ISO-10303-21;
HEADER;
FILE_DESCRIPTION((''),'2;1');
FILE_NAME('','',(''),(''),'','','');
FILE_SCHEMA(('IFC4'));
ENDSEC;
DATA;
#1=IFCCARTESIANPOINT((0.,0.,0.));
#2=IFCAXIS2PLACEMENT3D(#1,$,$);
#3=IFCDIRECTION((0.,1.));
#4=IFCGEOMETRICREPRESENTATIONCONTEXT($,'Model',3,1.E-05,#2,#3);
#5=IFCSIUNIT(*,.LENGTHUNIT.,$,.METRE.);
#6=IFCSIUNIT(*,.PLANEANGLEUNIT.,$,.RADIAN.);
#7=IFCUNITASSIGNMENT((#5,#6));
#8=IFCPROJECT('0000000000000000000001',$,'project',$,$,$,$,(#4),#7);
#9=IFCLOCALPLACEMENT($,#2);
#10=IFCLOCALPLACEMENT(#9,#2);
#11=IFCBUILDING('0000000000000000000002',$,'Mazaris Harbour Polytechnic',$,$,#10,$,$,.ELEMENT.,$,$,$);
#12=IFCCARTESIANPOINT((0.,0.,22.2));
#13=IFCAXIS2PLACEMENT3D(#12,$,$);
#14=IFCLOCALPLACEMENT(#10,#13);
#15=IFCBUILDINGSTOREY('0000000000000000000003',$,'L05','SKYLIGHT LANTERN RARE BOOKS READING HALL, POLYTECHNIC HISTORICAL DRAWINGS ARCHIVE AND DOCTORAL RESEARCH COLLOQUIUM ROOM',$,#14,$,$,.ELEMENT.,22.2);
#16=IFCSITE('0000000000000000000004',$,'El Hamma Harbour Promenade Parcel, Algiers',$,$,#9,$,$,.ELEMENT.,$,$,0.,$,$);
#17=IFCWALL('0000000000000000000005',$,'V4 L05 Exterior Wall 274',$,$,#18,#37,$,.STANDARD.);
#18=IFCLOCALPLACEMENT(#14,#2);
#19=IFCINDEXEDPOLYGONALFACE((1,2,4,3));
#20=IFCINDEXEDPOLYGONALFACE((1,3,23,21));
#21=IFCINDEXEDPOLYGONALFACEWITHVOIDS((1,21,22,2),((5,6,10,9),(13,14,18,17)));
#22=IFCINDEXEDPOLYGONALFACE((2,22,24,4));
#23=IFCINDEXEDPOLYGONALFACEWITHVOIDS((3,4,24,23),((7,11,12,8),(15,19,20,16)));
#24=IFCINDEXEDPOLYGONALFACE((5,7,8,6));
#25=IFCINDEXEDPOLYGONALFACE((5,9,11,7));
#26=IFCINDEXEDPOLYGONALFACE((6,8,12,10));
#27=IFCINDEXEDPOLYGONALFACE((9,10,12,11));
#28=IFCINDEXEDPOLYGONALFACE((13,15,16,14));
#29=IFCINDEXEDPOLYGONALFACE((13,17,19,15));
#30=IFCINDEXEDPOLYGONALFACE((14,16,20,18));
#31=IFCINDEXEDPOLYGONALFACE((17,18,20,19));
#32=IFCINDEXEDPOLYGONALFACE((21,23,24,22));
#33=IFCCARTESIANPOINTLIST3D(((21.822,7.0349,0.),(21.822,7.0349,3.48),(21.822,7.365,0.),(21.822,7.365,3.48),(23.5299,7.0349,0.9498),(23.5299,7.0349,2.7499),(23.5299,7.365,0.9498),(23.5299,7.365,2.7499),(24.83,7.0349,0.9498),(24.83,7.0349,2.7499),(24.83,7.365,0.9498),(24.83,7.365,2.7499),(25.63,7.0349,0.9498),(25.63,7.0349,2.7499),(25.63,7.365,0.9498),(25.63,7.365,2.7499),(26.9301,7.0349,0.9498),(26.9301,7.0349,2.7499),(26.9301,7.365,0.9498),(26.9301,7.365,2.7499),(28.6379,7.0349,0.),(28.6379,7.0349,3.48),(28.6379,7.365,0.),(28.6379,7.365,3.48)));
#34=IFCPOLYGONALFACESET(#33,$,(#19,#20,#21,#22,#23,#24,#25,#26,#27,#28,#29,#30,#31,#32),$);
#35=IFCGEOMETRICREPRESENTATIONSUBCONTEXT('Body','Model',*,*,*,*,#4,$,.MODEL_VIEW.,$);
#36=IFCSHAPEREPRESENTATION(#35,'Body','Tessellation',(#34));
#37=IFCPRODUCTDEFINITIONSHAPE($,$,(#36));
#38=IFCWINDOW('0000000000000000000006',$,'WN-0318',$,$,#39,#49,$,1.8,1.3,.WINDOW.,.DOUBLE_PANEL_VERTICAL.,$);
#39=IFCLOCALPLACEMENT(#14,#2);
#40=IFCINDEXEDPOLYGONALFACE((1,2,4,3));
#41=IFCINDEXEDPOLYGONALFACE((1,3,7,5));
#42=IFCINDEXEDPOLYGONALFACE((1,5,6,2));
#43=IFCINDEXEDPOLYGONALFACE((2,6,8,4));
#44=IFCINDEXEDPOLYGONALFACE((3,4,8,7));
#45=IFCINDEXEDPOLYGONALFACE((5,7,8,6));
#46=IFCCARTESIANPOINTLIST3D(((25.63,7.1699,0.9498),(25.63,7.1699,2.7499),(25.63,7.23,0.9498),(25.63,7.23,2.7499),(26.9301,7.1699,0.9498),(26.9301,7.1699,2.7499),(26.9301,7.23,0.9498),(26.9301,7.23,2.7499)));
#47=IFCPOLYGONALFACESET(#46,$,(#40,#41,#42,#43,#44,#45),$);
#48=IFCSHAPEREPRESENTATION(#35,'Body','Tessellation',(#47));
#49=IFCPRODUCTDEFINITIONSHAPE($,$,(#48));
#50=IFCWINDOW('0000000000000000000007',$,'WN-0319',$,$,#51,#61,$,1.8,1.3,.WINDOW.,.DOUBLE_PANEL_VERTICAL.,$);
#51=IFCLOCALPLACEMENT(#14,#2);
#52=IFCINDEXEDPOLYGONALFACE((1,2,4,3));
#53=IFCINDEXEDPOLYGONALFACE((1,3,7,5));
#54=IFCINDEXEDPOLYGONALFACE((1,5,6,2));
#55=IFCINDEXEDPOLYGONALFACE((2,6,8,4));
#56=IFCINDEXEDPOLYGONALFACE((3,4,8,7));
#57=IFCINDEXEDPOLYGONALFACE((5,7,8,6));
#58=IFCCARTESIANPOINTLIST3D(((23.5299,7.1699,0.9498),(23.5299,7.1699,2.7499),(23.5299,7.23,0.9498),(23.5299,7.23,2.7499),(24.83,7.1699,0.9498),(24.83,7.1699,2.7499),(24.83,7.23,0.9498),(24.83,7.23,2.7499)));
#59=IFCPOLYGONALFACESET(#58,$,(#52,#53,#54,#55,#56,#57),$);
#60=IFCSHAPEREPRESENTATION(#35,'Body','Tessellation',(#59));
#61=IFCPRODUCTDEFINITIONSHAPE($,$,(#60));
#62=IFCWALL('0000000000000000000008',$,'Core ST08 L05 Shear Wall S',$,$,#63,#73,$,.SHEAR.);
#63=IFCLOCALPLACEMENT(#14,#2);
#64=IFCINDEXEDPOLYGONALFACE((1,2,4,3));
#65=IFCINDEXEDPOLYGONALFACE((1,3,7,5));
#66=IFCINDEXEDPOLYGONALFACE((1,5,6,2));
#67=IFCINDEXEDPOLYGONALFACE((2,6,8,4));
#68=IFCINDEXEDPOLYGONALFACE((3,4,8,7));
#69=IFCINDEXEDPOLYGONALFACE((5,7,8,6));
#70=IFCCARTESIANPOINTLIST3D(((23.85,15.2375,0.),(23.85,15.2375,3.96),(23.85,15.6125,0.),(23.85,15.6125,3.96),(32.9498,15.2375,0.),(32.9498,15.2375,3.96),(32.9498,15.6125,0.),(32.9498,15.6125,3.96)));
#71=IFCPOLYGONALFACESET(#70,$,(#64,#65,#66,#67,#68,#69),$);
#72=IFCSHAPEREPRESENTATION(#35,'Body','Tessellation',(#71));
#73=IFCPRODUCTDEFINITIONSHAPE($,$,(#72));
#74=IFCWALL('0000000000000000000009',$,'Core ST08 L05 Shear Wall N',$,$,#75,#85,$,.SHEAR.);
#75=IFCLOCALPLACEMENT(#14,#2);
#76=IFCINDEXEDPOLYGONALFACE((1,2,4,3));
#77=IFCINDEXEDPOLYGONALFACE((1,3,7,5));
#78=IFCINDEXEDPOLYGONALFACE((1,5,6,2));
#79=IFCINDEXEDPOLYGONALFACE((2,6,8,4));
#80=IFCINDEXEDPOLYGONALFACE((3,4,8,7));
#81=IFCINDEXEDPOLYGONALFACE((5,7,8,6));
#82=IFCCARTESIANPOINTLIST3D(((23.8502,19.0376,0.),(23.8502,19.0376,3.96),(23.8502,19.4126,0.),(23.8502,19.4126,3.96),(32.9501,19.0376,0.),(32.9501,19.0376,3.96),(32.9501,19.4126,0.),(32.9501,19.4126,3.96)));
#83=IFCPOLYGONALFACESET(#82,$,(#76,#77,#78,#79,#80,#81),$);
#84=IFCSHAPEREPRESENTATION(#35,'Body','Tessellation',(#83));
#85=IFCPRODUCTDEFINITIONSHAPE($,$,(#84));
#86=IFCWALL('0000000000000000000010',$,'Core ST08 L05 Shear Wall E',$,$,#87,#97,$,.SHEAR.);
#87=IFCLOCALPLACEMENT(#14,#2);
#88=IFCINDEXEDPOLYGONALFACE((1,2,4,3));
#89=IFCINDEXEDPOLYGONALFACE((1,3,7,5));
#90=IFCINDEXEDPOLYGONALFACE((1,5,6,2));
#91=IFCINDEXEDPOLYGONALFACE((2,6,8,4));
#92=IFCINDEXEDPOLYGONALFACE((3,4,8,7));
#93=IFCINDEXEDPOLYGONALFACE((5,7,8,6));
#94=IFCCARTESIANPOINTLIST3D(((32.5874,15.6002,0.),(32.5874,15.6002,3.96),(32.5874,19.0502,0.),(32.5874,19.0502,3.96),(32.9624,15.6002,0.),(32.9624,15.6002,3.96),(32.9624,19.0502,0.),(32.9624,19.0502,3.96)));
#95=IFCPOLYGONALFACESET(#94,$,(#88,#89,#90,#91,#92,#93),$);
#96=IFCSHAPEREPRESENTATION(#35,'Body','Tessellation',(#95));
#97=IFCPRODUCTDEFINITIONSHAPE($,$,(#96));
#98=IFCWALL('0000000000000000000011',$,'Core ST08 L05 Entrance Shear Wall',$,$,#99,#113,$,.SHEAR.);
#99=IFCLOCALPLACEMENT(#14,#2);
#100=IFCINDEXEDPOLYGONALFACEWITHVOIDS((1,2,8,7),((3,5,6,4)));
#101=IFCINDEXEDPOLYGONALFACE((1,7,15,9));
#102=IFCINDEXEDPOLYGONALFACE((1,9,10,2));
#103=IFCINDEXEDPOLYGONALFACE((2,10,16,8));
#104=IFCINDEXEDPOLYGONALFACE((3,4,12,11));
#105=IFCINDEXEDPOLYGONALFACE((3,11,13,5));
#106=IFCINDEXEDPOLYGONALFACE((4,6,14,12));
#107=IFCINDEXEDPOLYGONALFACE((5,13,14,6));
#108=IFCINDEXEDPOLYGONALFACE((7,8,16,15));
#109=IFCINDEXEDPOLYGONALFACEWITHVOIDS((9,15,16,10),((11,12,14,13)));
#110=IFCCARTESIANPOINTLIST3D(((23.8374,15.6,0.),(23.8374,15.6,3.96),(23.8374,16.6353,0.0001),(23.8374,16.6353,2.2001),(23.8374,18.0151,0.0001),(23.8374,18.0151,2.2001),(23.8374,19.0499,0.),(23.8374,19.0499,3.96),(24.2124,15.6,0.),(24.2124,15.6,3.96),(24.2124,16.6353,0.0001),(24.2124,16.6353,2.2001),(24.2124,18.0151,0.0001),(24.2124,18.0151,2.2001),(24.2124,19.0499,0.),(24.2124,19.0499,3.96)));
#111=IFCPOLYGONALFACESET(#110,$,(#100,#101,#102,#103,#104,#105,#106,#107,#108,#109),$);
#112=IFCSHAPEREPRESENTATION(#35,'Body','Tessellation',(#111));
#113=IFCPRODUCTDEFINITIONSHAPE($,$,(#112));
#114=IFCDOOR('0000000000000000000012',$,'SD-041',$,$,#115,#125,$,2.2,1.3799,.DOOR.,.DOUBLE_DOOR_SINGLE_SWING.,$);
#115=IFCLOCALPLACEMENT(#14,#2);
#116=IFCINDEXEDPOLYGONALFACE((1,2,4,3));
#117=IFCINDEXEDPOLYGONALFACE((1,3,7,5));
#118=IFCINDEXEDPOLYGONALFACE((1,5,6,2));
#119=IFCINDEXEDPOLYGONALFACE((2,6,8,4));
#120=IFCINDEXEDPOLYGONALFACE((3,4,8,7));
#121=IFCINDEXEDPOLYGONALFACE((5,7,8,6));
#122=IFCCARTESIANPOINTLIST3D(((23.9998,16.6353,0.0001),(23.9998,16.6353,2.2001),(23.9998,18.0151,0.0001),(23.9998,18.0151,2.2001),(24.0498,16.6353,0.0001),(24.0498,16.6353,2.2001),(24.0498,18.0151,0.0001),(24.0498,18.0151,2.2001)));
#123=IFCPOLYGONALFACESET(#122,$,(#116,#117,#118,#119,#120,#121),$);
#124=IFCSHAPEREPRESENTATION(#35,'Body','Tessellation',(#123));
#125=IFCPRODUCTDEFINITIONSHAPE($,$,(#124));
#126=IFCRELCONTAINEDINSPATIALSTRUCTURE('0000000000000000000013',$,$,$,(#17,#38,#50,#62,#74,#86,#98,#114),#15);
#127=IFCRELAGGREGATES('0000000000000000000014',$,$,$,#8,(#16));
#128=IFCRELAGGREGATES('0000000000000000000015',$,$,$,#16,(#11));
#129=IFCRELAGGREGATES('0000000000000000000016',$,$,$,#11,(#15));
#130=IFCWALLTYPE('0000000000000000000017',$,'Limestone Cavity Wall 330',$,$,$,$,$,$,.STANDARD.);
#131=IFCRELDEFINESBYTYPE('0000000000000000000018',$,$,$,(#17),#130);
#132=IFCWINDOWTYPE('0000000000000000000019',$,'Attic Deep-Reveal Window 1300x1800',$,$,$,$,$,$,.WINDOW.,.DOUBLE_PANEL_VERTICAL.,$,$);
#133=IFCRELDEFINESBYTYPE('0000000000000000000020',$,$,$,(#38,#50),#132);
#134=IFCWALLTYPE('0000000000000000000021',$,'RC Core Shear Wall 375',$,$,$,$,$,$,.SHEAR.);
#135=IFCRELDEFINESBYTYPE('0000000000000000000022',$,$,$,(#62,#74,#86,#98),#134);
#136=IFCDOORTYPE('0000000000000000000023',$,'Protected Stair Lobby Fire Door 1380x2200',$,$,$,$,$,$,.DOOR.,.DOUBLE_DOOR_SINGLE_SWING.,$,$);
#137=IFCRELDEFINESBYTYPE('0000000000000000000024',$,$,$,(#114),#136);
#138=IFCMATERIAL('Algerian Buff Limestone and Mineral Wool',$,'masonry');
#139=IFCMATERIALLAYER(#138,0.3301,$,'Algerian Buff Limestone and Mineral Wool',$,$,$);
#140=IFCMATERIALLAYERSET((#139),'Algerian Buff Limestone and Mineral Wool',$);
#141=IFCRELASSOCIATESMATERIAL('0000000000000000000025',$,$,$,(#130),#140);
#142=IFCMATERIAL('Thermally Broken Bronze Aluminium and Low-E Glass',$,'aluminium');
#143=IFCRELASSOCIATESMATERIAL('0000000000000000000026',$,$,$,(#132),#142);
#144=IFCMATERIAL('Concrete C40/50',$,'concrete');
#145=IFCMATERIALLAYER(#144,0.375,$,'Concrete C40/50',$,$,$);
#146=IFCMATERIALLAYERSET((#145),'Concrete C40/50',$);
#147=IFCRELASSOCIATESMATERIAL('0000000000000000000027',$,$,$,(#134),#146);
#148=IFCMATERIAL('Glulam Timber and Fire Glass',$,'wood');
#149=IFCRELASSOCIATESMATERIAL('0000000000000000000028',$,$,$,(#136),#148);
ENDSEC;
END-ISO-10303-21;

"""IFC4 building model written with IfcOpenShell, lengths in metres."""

from ifc_helpers import new_model, si_unit, direction, frame, frame_2d, origin, place, context, subcontext, project, spatial, rectangle, extrude, material, layer, layer_set, type_object, element, fill, save


model = new_model("IFC4")

# Units and contexts
model_context = context("Model", 3, precision=1e-05, world=origin(), true_north=direction((0.0, 1.0)))
body_context = subcontext(model_context, "Body", "Model", "MODEL_VIEW")
ifc_project = project(units=[si_unit("LENGTHUNIT", "METRE"), si_unit("PLANEANGLEUNIT", "RADIAN")], contexts=[model_context])

# Site, building, storey
site_placement = place(None, origin())
site = spatial("IfcSite", under=ifc_project, at=site_placement, Name="El Hamma Harbour Promenade Parcel, Algiers", CompositionType="ELEMENT", RefElevation=0.0)
building_placement = place(site_placement, origin())
building = spatial("IfcBuilding", under=site, at=building_placement, Name="Mazaris Harbour Polytechnic", CompositionType="ELEMENT")
storey_placement = place(building_placement, frame((0.0, 0.0, 22.2)))
storey = spatial("IfcBuildingStorey", under=building, at=storey_placement, Name="L05", Description="SKYLIGHT LANTERN RARE BOOKS READING HALL, POLYTECHNIC HISTORICAL DRAWINGS ARCHIVE AND DOCTORAL RESEARCH COLLOQUIUM ROOM", CompositionType="ELEMENT", Elevation=22.2)

# Wall, openings, windows
ifc_material_1 = material(Name="Algerian Buff Limestone and Mineral Wool", Category="masonry")
ifc_layer_1 = layer(ifc_material_1, 0.3301, Name="Algerian Buff Limestone and Mineral Wool")
ifc_layer_set_1 = layer_set([ifc_layer_1], Name="Algerian Buff Limestone and Mineral Wool")
wall_type_1 = type_object("IfcWallType", Name="Limestone Cavity Wall 330", PredefinedType="STANDARD", material=ifc_layer_set_1)
wall_1_placement = place(storey_placement, frame((28.6379, 7.2, 0.0), z_axis=(0.0, 0.0, 1.0), x_axis=(-1.0, 0.0, 0.0)))
wall_1 = element("IfcWall", 1, at=wall_1_placement, inside=storey, type_object=wall_type_1, Name="V4 L05 Exterior Wall 274", PredefinedType="STANDARD", context=body_context, shape_type="SweptSolid", body=[
    extrude(rectangle(XDim=6.8159, YDim=0.3301, at=frame_2d((3.408, 0.0))), origin(), (0.0, 0.0, 1.0), 3.48),
])
opening_1_placement = place(wall_1_placement, frame((1.708, 0.0, 0.95)))
opening_1 = element("IfcOpeningElement", 2, at=opening_1_placement, cuts=wall_1, PredefinedType="OPENING", context=body_context, shape_type="SweptSolid", body=[
    extrude(rectangle(XDim=1.3, YDim=1.8, at=frame_2d((0.6499, 0.8999))), frame((0.0, 0.175, 0.0), z_axis=(0.0, -1.0, 0.0), x_axis=(1.0, 0.0, 0.0)), (0.0, 0.0, 1.0), 0.3501),
])
opening_2_placement = place(wall_1_placement, frame((3.8081, 0.0, 0.95)))
opening_2 = element("IfcOpeningElement", 3, at=opening_2_placement, cuts=wall_1, PredefinedType="OPENING", context=body_context, shape_type="SweptSolid", body=[
    extrude(rectangle(XDim=1.3, YDim=1.8, at=frame_2d((0.6499, 0.8999))), frame((0.0, 0.175, 0.0), z_axis=(0.0, -1.0, 0.0), x_axis=(1.0, 0.0, 0.0)), (0.0, 0.0, 1.0), 0.3501),
])
ifc_material_2 = material(Name="Thermally Broken Bronze Aluminium and Low-E Glass", Category="aluminium")
window_type_1 = type_object("IfcWindowType", Name="Attic Deep-Reveal Window 1300x1800", PartitioningType="DOUBLE_PANEL_VERTICAL", PredefinedType="WINDOW", material=ifc_material_2)
window_1_placement = place(opening_1_placement, origin())
window_1 = element("IfcWindow", 4, at=window_1_placement, inside=storey, type_object=window_type_1, Name="WN-0318", OverallHeight=1.8, OverallWidth=1.3, PartitioningType="DOUBLE_PANEL_VERTICAL", PredefinedType="WINDOW", context=body_context, shape_type="SweptSolid", body=[
    extrude(rectangle(XDim=1.3, YDim=1.8, at=frame_2d((0.6499, 0.8999))), frame((0.0, 0.03, 0.0), z_axis=(0.0, -1.0, 0.0), x_axis=(1.0, 0.0, 0.0)), (0.0, 0.0, 1.0), 0.0601),
])
fill(opening_1, window_1)
window_2_placement = place(opening_2_placement, origin())
window_2 = element("IfcWindow", 5, at=window_2_placement, inside=storey, type_object=window_type_1, Name="WN-0319", OverallHeight=1.8, OverallWidth=1.3, PartitioningType="DOUBLE_PANEL_VERTICAL", PredefinedType="WINDOW", context=body_context, shape_type="SweptSolid", body=[
    extrude(rectangle(XDim=1.3, YDim=1.8, at=frame_2d((0.6499, 0.8999))), frame((0.0, 0.03, 0.0), z_axis=(0.0, -1.0, 0.0), x_axis=(1.0, 0.0, 0.0)), (0.0, 0.0, 1.0), 0.0601),
])
fill(opening_2, window_2)

# Walls
ifc_material_3 = material(Name="Concrete C40/50", Category="concrete")
ifc_layer_2 = layer(ifc_material_3, 0.375, Name="Concrete C40/50")
ifc_layer_set_2 = layer_set([ifc_layer_2], Name="Concrete C40/50")
wall_type_2 = type_object("IfcWallType", Name="RC Core Shear Wall 375", PredefinedType="SHEAR", material=ifc_layer_set_2)
for number, where, z_axis, x_axis, name in (
    (6, (23.8501, 15.425, 0.0), (0.0, 0.0, 1.0), (1.0, 0.0, 0.0), "Core ST08 L05 Shear Wall S"),
    (7, (32.95, 19.2251, 0.0), (0.0, 0.0, 1.0), (-1.0, 0.0, 0.0), "Core ST08 L05 Shear Wall N"),
):
    element("IfcWall", number, at=place(storey_placement, frame(where, z_axis=z_axis, x_axis=x_axis)), inside=storey, type_object=wall_type_2, Name=name, PredefinedType="SHEAR", context=body_context, shape_type="SweptSolid", body=[
        extrude(rectangle(XDim=9.0999, YDim=0.375, at=frame_2d((4.5498, 0.0))), origin(), (0.0, 0.0, 1.0), 3.96),
    ])
wall_2_placement = place(storey_placement, frame((32.7749, 15.6001, 0.0), z_axis=(0.0, 0.0, 1.0), x_axis=(0.0, 1.0, 0.0)))
element("IfcWall", 8, at=wall_2_placement, inside=storey, type_object=wall_type_2, Name="Core ST08 L05 Shear Wall E", PredefinedType="SHEAR", context=body_context, shape_type="SweptSolid", body=[
    extrude(rectangle(XDim=3.45, YDim=0.375, at=frame_2d((1.7251, 0.0))), origin(), (0.0, 0.0, 1.0), 3.96),
])

# Wall, opening, door
wall_3_placement = place(storey_placement, frame((24.0249, 19.05, 0.0), z_axis=(0.0, 0.0, 1.0), x_axis=(0.0, -1.0, 0.0)))
wall_3 = element("IfcWall", 9, at=wall_3_placement, inside=storey, type_object=wall_type_2, Name="Core ST08 L05 Entrance Shear Wall", PredefinedType="SHEAR", context=body_context, shape_type="SweptSolid", body=[
    extrude(rectangle(XDim=3.45, YDim=0.375, at=frame_2d((1.7251, 0.0))), origin(), (0.0, 0.0, 1.0), 3.96),
])
opening_3_placement = place(wall_3_placement, frame((1.0349, 0.0, 0.0)))
opening_3 = element("IfcOpeningElement", 10, at=opening_3_placement, cuts=wall_3, PredefinedType="OPENING", context=body_context, shape_type="SweptSolid", body=[
    extrude(rectangle(XDim=1.3799, YDim=2.2, at=frame_2d((0.6899, 1.1001))), frame((0.0, 0.1975, 0.0), z_axis=(0.0, -1.0, 0.0), x_axis=(1.0, 0.0, 0.0)), (0.0, 0.0, 1.0), 0.395),
])
ifc_material_4 = material(Name="Glulam Timber and Fire Glass", Category="wood")
door_type = type_object("IfcDoorType", Name="Protected Stair Lobby Fire Door 1380x2200", OperationType="DOUBLE_DOOR_SINGLE_SWING", PredefinedType="DOOR", material=ifc_material_4)
door_placement = place(opening_3_placement, origin())
door = element("IfcDoor", 11, at=door_placement, inside=storey, type_object=door_type, Name="SD-041", OperationType="DOUBLE_DOOR_SINGLE_SWING", OverallHeight=2.2, OverallWidth=1.3799, PredefinedType="DOOR", context=body_context, shape_type="SweptSolid", body=[
    extrude(rectangle(XDim=1.3799, YDim=2.2, at=frame_2d((0.6899, 1.1001))), frame((0.0, 0.0249, 0.0), z_axis=(0.0, -1.0, 0.0), x_axis=(1.0, 0.0, 0.0)), (0.0, 0.0, 1.0), 0.05),
])
fill(opening_3, door)

save(model, "model.ifc")
